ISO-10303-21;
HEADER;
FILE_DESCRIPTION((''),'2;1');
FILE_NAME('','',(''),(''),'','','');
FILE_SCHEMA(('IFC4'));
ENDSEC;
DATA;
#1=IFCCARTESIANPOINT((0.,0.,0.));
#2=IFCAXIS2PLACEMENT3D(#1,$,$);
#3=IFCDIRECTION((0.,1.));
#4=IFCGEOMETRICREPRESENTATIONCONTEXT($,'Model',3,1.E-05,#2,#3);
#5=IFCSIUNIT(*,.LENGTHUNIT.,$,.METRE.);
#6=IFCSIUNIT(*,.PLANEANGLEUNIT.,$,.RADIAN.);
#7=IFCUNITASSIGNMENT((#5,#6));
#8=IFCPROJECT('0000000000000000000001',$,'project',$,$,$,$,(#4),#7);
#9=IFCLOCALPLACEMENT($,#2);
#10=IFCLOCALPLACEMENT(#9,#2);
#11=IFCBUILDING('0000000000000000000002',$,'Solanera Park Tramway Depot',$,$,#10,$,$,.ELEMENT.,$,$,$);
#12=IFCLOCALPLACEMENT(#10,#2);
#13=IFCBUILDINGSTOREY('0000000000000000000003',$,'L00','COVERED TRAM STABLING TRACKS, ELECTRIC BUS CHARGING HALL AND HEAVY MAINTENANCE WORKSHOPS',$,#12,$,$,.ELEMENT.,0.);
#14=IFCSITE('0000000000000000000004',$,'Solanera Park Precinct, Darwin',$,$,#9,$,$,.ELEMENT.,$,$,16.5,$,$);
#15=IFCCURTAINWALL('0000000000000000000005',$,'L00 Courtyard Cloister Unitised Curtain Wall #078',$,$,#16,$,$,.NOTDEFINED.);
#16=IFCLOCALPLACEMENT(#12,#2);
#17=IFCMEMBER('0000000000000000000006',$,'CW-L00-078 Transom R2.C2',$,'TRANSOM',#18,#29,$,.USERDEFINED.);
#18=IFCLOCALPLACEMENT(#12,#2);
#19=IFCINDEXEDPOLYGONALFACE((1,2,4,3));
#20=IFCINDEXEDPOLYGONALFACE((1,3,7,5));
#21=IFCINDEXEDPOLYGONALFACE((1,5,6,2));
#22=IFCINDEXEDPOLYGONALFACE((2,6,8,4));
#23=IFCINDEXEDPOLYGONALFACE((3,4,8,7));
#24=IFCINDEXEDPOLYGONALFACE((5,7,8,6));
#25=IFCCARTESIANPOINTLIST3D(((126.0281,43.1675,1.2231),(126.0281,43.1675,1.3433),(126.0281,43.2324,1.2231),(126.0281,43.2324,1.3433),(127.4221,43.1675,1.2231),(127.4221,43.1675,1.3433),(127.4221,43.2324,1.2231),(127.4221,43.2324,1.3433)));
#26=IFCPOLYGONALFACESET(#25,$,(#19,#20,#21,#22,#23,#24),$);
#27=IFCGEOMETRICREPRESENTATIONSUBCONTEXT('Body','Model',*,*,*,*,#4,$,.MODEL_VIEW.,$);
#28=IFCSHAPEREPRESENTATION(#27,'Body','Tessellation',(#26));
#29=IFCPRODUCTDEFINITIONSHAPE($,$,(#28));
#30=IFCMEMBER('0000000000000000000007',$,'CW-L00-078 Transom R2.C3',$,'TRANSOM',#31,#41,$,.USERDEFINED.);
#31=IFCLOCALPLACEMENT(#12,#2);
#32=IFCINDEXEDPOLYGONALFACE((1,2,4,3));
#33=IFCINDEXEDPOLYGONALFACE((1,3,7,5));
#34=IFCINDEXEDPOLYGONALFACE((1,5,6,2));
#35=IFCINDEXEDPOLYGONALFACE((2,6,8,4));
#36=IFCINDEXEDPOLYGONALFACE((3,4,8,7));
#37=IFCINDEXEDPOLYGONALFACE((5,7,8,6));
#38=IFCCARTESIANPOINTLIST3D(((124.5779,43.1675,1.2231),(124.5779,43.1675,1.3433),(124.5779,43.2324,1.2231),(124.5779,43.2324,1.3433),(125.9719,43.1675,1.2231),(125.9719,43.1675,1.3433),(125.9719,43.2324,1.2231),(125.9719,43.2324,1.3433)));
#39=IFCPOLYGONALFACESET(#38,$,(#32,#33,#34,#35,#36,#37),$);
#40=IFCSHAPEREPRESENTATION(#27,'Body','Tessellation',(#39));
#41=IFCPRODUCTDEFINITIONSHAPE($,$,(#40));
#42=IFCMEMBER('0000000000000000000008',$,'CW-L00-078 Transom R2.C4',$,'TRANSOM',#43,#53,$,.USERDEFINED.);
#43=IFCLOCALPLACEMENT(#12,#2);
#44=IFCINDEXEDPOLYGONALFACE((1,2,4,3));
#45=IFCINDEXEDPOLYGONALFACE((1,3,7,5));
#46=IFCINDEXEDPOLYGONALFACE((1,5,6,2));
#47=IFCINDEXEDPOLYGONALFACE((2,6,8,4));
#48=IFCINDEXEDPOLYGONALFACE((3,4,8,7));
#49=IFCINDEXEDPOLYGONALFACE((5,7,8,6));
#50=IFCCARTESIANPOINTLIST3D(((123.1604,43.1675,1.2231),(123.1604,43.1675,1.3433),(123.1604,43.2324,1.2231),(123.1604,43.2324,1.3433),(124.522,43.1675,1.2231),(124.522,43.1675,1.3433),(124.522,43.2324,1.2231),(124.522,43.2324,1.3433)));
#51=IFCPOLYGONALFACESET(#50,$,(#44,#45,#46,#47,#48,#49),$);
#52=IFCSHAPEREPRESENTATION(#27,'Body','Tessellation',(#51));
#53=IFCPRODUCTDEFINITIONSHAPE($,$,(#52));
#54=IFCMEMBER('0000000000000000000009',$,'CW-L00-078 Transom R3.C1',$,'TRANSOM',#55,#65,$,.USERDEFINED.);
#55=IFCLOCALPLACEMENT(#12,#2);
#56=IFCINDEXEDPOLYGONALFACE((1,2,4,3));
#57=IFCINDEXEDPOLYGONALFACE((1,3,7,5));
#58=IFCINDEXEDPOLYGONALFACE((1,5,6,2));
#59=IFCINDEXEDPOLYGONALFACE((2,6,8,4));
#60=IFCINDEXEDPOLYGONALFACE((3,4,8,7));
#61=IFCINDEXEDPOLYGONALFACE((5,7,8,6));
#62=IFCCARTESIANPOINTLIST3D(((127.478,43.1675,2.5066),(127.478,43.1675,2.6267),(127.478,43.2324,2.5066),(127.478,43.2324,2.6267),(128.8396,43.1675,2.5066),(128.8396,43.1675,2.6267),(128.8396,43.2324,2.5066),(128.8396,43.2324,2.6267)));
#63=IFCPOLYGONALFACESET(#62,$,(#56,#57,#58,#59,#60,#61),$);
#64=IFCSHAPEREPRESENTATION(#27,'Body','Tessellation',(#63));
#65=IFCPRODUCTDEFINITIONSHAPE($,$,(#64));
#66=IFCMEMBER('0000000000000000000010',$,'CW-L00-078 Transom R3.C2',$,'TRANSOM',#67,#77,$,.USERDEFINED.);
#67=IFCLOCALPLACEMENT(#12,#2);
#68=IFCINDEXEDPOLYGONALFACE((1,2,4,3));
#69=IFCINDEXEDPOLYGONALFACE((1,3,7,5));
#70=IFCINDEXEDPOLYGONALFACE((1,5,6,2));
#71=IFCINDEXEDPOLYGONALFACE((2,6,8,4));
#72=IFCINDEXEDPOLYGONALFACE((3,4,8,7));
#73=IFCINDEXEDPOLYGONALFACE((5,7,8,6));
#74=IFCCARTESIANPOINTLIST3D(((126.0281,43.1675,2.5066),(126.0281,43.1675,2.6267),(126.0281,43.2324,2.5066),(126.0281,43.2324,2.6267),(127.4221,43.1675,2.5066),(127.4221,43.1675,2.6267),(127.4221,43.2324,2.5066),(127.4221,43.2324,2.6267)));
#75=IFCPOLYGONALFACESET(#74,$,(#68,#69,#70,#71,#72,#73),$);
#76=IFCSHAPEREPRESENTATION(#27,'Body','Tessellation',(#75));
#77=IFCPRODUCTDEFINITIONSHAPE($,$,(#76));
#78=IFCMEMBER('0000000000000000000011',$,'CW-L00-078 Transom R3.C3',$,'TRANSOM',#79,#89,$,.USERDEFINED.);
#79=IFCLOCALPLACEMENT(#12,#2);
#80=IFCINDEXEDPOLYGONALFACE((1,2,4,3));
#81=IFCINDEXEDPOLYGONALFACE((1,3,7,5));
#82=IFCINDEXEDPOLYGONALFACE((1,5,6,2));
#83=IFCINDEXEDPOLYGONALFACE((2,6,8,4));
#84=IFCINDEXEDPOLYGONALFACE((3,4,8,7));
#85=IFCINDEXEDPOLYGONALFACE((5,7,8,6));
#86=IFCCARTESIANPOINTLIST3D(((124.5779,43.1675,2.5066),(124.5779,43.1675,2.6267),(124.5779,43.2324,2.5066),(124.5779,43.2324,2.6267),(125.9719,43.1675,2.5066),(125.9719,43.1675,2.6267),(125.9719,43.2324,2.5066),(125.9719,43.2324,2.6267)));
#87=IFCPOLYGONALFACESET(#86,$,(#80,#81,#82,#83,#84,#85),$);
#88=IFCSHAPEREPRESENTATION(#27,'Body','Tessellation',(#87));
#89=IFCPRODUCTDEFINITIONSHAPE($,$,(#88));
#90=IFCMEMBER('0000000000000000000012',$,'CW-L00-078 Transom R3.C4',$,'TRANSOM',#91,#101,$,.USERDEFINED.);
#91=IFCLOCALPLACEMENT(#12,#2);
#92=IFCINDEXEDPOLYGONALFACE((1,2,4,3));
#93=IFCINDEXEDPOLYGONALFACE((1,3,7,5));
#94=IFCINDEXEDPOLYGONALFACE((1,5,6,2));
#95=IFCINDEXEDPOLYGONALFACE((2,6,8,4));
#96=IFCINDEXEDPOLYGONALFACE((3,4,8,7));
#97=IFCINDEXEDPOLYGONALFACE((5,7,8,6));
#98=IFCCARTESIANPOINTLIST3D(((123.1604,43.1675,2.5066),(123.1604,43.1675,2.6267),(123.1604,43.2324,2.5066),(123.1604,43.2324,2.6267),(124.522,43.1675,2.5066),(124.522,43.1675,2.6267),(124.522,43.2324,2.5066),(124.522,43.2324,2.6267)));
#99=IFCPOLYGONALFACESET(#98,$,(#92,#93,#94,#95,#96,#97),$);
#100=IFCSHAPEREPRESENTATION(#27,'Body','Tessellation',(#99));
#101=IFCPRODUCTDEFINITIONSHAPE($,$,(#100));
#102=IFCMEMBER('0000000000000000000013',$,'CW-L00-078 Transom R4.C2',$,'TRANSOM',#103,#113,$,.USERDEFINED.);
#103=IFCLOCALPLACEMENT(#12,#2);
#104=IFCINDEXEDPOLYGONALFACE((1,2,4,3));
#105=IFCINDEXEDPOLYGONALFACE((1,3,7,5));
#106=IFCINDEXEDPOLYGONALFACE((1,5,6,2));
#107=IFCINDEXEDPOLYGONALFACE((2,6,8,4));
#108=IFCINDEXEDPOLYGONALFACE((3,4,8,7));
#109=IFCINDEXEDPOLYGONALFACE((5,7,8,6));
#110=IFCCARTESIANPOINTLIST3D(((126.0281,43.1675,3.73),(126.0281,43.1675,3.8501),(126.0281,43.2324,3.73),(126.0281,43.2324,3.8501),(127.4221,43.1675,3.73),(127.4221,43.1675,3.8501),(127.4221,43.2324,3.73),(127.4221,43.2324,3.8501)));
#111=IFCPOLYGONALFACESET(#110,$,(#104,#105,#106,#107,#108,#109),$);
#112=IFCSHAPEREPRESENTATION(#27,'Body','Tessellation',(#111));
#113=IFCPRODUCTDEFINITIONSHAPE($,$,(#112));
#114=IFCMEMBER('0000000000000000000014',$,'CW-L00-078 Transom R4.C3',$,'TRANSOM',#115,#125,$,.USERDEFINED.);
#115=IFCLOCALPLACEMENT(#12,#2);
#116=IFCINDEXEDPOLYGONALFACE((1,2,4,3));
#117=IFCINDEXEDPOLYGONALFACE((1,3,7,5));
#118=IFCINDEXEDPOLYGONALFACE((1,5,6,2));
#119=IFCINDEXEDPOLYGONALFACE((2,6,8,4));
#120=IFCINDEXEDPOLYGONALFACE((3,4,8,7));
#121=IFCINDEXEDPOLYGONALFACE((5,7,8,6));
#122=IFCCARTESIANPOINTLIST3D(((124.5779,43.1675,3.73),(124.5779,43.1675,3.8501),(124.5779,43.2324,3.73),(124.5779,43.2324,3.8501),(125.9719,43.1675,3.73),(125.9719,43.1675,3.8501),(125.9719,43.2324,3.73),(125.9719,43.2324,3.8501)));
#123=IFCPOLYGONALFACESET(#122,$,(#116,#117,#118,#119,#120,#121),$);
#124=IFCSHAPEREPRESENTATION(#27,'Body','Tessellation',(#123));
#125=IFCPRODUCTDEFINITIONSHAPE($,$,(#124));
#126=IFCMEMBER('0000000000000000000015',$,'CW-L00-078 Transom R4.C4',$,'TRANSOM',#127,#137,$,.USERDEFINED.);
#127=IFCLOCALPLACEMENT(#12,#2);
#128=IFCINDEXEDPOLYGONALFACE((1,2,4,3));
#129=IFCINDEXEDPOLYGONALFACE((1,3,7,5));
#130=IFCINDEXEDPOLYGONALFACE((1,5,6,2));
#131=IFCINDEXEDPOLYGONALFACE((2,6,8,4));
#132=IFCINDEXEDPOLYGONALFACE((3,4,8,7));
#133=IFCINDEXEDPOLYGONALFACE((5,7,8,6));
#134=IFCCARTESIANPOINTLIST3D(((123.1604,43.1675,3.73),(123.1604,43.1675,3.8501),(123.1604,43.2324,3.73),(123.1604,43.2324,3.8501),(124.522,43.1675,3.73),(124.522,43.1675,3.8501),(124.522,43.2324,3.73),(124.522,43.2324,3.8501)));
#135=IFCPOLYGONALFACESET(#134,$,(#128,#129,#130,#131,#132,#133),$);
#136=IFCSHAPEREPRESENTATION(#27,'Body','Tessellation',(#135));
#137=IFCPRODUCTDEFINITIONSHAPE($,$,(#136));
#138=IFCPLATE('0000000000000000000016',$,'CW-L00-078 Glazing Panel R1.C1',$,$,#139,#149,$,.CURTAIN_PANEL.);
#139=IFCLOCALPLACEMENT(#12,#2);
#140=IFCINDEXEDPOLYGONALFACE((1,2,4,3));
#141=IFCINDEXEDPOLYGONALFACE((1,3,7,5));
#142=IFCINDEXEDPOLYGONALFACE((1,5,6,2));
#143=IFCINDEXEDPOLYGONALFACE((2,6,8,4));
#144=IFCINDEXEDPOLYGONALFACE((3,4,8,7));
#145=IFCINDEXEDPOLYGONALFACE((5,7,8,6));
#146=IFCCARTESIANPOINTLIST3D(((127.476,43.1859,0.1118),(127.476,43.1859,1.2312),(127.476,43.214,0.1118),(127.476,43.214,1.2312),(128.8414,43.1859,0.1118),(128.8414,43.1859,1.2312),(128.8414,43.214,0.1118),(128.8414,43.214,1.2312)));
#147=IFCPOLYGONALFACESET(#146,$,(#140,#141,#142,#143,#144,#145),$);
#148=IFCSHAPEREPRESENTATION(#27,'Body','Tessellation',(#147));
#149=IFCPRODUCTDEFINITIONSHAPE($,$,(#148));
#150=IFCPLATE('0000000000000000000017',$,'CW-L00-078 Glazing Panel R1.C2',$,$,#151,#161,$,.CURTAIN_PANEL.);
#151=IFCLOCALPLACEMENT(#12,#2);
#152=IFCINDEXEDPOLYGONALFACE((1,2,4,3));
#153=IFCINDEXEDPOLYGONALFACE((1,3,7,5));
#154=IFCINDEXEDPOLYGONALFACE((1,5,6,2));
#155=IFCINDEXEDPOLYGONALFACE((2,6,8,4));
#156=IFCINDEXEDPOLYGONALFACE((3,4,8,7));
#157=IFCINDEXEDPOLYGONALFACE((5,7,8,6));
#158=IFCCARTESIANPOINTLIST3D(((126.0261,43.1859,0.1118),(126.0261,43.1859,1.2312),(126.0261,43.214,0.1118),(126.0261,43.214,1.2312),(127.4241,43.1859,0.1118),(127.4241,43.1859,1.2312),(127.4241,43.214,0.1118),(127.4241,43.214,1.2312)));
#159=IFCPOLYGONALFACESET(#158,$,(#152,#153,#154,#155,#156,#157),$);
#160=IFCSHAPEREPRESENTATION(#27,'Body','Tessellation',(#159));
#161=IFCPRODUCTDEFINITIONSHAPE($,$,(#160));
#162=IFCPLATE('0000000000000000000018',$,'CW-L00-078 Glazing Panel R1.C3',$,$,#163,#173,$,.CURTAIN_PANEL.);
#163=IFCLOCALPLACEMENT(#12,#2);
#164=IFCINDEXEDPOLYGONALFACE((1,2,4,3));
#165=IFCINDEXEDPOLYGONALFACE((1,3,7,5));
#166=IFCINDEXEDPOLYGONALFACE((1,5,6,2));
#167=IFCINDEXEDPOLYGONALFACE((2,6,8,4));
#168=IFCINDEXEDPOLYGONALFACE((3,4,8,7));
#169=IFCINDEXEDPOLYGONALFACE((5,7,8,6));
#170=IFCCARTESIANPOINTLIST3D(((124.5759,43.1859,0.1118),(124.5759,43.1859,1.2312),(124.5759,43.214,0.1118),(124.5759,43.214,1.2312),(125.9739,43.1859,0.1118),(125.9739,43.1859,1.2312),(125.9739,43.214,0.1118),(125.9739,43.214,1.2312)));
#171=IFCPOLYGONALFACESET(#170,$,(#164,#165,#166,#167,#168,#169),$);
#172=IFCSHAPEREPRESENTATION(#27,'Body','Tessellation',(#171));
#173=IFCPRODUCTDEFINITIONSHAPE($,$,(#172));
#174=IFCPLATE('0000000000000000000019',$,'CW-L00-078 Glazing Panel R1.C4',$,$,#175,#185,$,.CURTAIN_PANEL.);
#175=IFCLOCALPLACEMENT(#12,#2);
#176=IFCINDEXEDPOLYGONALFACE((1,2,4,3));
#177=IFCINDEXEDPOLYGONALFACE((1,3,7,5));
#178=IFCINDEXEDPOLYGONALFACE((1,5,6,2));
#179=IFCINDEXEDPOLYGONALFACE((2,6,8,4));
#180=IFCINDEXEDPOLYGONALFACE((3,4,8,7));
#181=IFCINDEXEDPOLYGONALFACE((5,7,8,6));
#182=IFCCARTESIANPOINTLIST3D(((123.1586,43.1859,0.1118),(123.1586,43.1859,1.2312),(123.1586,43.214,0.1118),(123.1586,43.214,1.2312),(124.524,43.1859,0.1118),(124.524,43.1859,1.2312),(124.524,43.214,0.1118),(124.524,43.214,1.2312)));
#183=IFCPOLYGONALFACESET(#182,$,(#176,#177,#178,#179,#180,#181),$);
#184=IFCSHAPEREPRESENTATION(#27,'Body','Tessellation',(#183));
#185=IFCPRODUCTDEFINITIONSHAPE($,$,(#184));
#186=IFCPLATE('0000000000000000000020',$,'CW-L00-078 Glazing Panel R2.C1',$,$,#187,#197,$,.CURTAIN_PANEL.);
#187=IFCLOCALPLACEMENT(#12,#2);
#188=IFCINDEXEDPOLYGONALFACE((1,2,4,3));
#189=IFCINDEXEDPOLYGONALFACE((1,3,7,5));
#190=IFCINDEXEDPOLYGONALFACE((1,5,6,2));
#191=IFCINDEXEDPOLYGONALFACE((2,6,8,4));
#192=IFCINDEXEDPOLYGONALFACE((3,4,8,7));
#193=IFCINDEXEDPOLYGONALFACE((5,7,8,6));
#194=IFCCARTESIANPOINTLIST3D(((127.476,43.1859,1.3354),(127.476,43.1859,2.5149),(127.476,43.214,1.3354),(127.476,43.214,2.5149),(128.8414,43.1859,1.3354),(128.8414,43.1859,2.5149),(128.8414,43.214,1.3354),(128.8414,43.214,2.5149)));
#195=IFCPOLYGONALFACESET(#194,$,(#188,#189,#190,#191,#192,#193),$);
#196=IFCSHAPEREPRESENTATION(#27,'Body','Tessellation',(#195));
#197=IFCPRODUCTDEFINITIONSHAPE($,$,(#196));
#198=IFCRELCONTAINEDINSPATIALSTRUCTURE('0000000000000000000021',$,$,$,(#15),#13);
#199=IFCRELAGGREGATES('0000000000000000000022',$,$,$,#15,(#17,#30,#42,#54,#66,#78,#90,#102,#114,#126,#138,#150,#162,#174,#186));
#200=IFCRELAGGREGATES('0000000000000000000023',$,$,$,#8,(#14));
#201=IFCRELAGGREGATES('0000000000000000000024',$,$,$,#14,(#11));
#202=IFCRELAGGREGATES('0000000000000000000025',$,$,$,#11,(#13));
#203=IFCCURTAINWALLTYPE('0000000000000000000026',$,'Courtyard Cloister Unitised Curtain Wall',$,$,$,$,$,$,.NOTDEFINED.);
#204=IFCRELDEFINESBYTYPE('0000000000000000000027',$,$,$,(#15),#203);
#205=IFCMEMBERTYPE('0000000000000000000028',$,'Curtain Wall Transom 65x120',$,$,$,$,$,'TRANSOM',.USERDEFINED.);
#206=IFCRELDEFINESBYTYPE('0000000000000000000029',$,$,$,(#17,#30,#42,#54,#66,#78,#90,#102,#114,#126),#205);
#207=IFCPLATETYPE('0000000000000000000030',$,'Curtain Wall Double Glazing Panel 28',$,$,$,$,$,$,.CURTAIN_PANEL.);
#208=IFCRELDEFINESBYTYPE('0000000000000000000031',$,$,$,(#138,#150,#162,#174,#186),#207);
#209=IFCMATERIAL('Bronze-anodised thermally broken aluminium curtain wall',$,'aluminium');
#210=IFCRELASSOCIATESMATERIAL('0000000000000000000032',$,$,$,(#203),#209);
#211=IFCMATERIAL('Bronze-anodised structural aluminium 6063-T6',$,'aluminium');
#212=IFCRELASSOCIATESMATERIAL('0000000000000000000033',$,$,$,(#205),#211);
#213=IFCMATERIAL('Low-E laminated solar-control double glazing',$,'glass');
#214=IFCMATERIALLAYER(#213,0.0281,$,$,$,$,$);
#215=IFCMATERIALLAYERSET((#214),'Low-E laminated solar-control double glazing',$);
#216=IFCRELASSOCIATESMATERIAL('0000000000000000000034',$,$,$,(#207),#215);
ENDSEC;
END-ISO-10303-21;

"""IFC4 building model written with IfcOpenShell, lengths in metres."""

from ifc_helpers import new_model, si_unit, direction, frame, origin, origin_2d, place, context, subcontext, project, spatial, rectangle, extrude, material, layer, layer_set, material_profile, profile_set, type_object, element, aggregate, save


model = new_model("IFC4")

# Units and contexts
model_context = context("Model", 3, precision=1e-05, world=origin(), true_north=direction((0.0, 1.0)))
body_context = subcontext(model_context, "Body", "Model", "MODEL_VIEW")
ifc_project = project(units=[si_unit("LENGTHUNIT", "METRE"), si_unit("PLANEANGLEUNIT", "RADIAN")], contexts=[model_context])

# Site, building, storey
site_placement = place(None, origin())
site = spatial("IfcSite", under=ifc_project, at=site_placement, Name="Solanera Park Precinct, Darwin", CompositionType="ELEMENT", RefElevation=16.5)
building_placement = place(site_placement, origin())
building = spatial("IfcBuilding", under=site, at=building_placement, Name="Solanera Park Tramway Depot", CompositionType="ELEMENT")
storey_placement = place(building_placement, origin())
storey = spatial("IfcBuildingStorey", under=building, at=storey_placement, Name="L00", Description="COVERED TRAM STABLING TRACKS, ELECTRIC BUS CHARGING HALL AND HEAVY MAINTENANCE WORKSHOPS", CompositionType="ELEMENT", Elevation=0.0)

# Curtain wall, members, plates
ifc_material_1 = material(Name="Bronze-anodised thermally broken aluminium curtain wall", Category="aluminium")
curtain_wall_type = type_object("IfcCurtainWallType", Name="Courtyard Cloister Unitised Curtain Wall", PredefinedType="NOTDEFINED", material=ifc_material_1)
curtain_wall_placement = place(storey_placement, origin())
curtain_wall = element("IfcCurtainWall", 1, at=curtain_wall_placement, inside=storey, type_object=curtain_wall_type, Name="L00 Courtyard Cloister Unitised Curtain Wall #078", PredefinedType="NOTDEFINED")
ifc_material_2 = material(Name="Bronze-anodised structural aluminium 6063-T6", Category="aluminium")
ifc_material_profile_1 = material_profile(ifc_material_2, rectangle(XDim=0.0649, YDim=0.1201, at=origin_2d()), Name="Curtain Wall Transom 65x120")
ifc_profile_set_1 = profile_set([ifc_material_profile_1], Name="Bronze-anodised structural aluminium 6063-T6")
member_type_1 = type_object("IfcMemberType", Name="Curtain Wall Transom 65x120", ElementType="TRANSOM", PredefinedType="USERDEFINED", material=ifc_profile_set_1)
member_1_placement = place(storey_placement, frame((127.4221, 43.2, 1.2832), z_axis=(-1.0, 0.0, 0.0), x_axis=(0.0, -1.0, 0.0)))
member_1 = element("IfcMember", 2, at=member_1_placement, type_object=member_type_1, Name="CW-L00-078 Transom R2.C2", ObjectType="TRANSOM", PredefinedType="USERDEFINED", context=body_context, shape_type="SweptSolid", body=[
    extrude(rectangle(XDim=0.0649, YDim=0.1201, at=origin_2d()), origin(), (0.0, 0.0, 1.0), 1.394),
])
member_2_placement = place(storey_placement, frame((125.9719, 43.2, 1.2832), z_axis=(-1.0, 0.0, 0.0), x_axis=(0.0, -1.0, 0.0)))
member_2 = element("IfcMember", 3, at=member_2_placement, type_object=member_type_1, Name="CW-L00-078 Transom R2.C3", ObjectType="TRANSOM", PredefinedType="USERDEFINED", context=body_context, shape_type="SweptSolid", body=[
    extrude(rectangle(XDim=0.0649, YDim=0.1201, at=origin_2d()), origin(), (0.0, 0.0, 1.0), 1.394),
])
member_3_placement = place(storey_placement, frame((124.522, 43.2, 1.2832), z_axis=(-1.0, 0.0, 0.0), x_axis=(0.0, -1.0, 0.0)))
member_3 = element("IfcMember", 4, at=member_3_placement, type_object=member_type_1, Name="CW-L00-078 Transom R2.C4", ObjectType="TRANSOM", PredefinedType="USERDEFINED", context=body_context, shape_type="SweptSolid", body=[
    extrude(rectangle(XDim=0.0649, YDim=0.1201, at=origin_2d()), origin(), (0.0, 0.0, 1.0), 1.3616),
])
member_4_placement = place(storey_placement, frame((128.8396, 43.2, 2.5667), z_axis=(-1.0, 0.0, 0.0), x_axis=(0.0, -1.0, 0.0)))
member_4 = element("IfcMember", 5, at=member_4_placement, type_object=member_type_1, Name="CW-L00-078 Transom R3.C1", ObjectType="TRANSOM", PredefinedType="USERDEFINED", context=body_context, shape_type="SweptSolid", body=[
    extrude(rectangle(XDim=0.0649, YDim=0.1201, at=origin_2d()), origin(), (0.0, 0.0, 1.0), 1.3616),
])
member_5_placement = place(storey_placement, frame((127.4221, 43.2, 2.5667), z_axis=(-1.0, 0.0, 0.0), x_axis=(0.0, -1.0, 0.0)))
member_5 = element("IfcMember", 6, at=member_5_placement, type_object=member_type_1, Name="CW-L00-078 Transom R3.C2", ObjectType="TRANSOM", PredefinedType="USERDEFINED", context=body_context, shape_type="SweptSolid", body=[
    extrude(rectangle(XDim=0.0649, YDim=0.1201, at=origin_2d()), origin(), (0.0, 0.0, 1.0), 1.394),
])
member_6_placement = place(storey_placement, frame((125.9719, 43.2, 2.5667), z_axis=(-1.0, 0.0, 0.0), x_axis=(0.0, -1.0, 0.0)))
member_6 = element("IfcMember", 7, at=member_6_placement, type_object=member_type_1, Name="CW-L00-078 Transom R3.C3", ObjectType="TRANSOM", PredefinedType="USERDEFINED", context=body_context, shape_type="SweptSolid", body=[
    extrude(rectangle(XDim=0.0649, YDim=0.1201, at=origin_2d()), origin(), (0.0, 0.0, 1.0), 1.394),
])
member_7_placement = place(storey_placement, frame((124.522, 43.2, 2.5667), z_axis=(-1.0, 0.0, 0.0), x_axis=(0.0, -1.0, 0.0)))
member_7 = element("IfcMember", 8, at=member_7_placement, type_object=member_type_1, Name="CW-L00-078 Transom R3.C4", ObjectType="TRANSOM", PredefinedType="USERDEFINED", context=body_context, shape_type="SweptSolid", body=[
    extrude(rectangle(XDim=0.0649, YDim=0.1201, at=origin_2d()), origin(), (0.0, 0.0, 1.0), 1.3616),
])
member_8_placement = place(storey_placement, frame((127.4221, 43.2, 3.79), z_axis=(-1.0, 0.0, 0.0), x_axis=(0.0, -1.0, 0.0)))
member_8 = element("IfcMember", 9, at=member_8_placement, type_object=member_type_1, Name="CW-L00-078 Transom R4.C2", ObjectType="TRANSOM", PredefinedType="USERDEFINED", context=body_context, shape_type="SweptSolid", body=[
    extrude(rectangle(XDim=0.0649, YDim=0.1201, at=origin_2d()), origin(), (0.0, 0.0, 1.0), 1.394),
])
member_9_placement = place(storey_placement, frame((125.9719, 43.2, 3.79), z_axis=(-1.0, 0.0, 0.0), x_axis=(0.0, -1.0, 0.0)))
member_9 = element("IfcMember", 10, at=member_9_placement, type_object=member_type_1, Name="CW-L00-078 Transom R4.C3", ObjectType="TRANSOM", PredefinedType="USERDEFINED", context=body_context, shape_type="SweptSolid", body=[
    extrude(rectangle(XDim=0.0649, YDim=0.1201, at=origin_2d()), origin(), (0.0, 0.0, 1.0), 1.394),
])
member_10_placement = place(storey_placement, frame((124.522, 43.2, 3.79), z_axis=(-1.0, 0.0, 0.0), x_axis=(0.0, -1.0, 0.0)))
member_10 = element("IfcMember", 11, at=member_10_placement, type_object=member_type_1, Name="CW-L00-078 Transom R4.C4", ObjectType="TRANSOM", PredefinedType="USERDEFINED", context=body_context, shape_type="SweptSolid", body=[
    extrude(rectangle(XDim=0.0649, YDim=0.1201, at=origin_2d()), origin(), (0.0, 0.0, 1.0), 1.3616),
])
ifc_material_3 = material(Name="Low-E laminated solar-control double glazing", Category="glass")
ifc_layer = layer(ifc_material_3, 0.0281)
ifc_layer_set = layer_set([ifc_layer], Name="Low-E laminated solar-control double glazing")
plate_type = type_object("IfcPlateType", Name="Curtain Wall Double Glazing Panel 28", PredefinedType="CURTAIN_PANEL", material=ifc_layer_set)
plate_1_placement = place(storey_placement, frame((128.1587, 43.2, 0.1118), z_axis=(0.0, 0.0, 1.0), x_axis=(-1.0, 0.0, 0.0)))
plate_1 = element("IfcPlate", 12, at=plate_1_placement, type_object=plate_type, Name="CW-L00-078 Glazing Panel R1.C1", PredefinedType="CURTAIN_PANEL", context=body_context, shape_type="SweptSolid", body=[
    extrude(rectangle(XDim=1.3655, YDim=0.0281, at=origin_2d()), origin(), (0.0, 0.0, 1.0), 1.1194),
])
plate_2_placement = place(storey_placement, frame((126.7251, 43.2, 0.1118), z_axis=(0.0, 0.0, 1.0), x_axis=(-1.0, 0.0, 0.0)))
plate_2 = element("IfcPlate", 13, at=plate_2_placement, type_object=plate_type, Name="CW-L00-078 Glazing Panel R1.C2", PredefinedType="CURTAIN_PANEL", context=body_context, shape_type="SweptSolid", body=[
    extrude(rectangle(XDim=1.3979, YDim=0.0281, at=origin_2d()), origin(), (0.0, 0.0, 1.0), 1.1194),
])
plate_3_placement = place(storey_placement, frame((125.2749, 43.2, 0.1118), z_axis=(0.0, 0.0, 1.0), x_axis=(-1.0, 0.0, 0.0)))
plate_3 = element("IfcPlate", 14, at=plate_3_placement, type_object=plate_type, Name="CW-L00-078 Glazing Panel R1.C3", PredefinedType="CURTAIN_PANEL", context=body_context, shape_type="SweptSolid", body=[
    extrude(rectangle(XDim=1.3979, YDim=0.0281, at=origin_2d()), origin(), (0.0, 0.0, 1.0), 1.1194),
])
plate_4_placement = place(storey_placement, frame((123.8413, 43.2, 0.1118), z_axis=(0.0, 0.0, 1.0), x_axis=(-1.0, 0.0, 0.0)))
plate_4 = element("IfcPlate", 15, at=plate_4_placement, type_object=plate_type, Name="CW-L00-078 Glazing Panel R1.C4", PredefinedType="CURTAIN_PANEL", context=body_context, shape_type="SweptSolid", body=[
    extrude(rectangle(XDim=1.3655, YDim=0.0281, at=origin_2d()), origin(), (0.0, 0.0, 1.0), 1.1194),
])
plate_5_placement = place(storey_placement, frame((128.1587, 43.2, 1.3354), z_axis=(0.0, 0.0, 1.0), x_axis=(-1.0, 0.0, 0.0)))
plate_5 = element("IfcPlate", 16, at=plate_5_placement, type_object=plate_type, Name="CW-L00-078 Glazing Panel R2.C1", PredefinedType="CURTAIN_PANEL", context=body_context, shape_type="SweptSolid", body=[
    extrude(rectangle(XDim=1.3655, YDim=0.0281, at=origin_2d()), origin(), (0.0, 0.0, 1.0), 1.1794),
])
aggregate(curtain_wall, [member_1, member_2, member_3, member_4, member_5, member_6, member_7, member_8, member_9, member_10, plate_1, plate_2, plate_3, plate_4, plate_5])

save(model, "model.ifc")
